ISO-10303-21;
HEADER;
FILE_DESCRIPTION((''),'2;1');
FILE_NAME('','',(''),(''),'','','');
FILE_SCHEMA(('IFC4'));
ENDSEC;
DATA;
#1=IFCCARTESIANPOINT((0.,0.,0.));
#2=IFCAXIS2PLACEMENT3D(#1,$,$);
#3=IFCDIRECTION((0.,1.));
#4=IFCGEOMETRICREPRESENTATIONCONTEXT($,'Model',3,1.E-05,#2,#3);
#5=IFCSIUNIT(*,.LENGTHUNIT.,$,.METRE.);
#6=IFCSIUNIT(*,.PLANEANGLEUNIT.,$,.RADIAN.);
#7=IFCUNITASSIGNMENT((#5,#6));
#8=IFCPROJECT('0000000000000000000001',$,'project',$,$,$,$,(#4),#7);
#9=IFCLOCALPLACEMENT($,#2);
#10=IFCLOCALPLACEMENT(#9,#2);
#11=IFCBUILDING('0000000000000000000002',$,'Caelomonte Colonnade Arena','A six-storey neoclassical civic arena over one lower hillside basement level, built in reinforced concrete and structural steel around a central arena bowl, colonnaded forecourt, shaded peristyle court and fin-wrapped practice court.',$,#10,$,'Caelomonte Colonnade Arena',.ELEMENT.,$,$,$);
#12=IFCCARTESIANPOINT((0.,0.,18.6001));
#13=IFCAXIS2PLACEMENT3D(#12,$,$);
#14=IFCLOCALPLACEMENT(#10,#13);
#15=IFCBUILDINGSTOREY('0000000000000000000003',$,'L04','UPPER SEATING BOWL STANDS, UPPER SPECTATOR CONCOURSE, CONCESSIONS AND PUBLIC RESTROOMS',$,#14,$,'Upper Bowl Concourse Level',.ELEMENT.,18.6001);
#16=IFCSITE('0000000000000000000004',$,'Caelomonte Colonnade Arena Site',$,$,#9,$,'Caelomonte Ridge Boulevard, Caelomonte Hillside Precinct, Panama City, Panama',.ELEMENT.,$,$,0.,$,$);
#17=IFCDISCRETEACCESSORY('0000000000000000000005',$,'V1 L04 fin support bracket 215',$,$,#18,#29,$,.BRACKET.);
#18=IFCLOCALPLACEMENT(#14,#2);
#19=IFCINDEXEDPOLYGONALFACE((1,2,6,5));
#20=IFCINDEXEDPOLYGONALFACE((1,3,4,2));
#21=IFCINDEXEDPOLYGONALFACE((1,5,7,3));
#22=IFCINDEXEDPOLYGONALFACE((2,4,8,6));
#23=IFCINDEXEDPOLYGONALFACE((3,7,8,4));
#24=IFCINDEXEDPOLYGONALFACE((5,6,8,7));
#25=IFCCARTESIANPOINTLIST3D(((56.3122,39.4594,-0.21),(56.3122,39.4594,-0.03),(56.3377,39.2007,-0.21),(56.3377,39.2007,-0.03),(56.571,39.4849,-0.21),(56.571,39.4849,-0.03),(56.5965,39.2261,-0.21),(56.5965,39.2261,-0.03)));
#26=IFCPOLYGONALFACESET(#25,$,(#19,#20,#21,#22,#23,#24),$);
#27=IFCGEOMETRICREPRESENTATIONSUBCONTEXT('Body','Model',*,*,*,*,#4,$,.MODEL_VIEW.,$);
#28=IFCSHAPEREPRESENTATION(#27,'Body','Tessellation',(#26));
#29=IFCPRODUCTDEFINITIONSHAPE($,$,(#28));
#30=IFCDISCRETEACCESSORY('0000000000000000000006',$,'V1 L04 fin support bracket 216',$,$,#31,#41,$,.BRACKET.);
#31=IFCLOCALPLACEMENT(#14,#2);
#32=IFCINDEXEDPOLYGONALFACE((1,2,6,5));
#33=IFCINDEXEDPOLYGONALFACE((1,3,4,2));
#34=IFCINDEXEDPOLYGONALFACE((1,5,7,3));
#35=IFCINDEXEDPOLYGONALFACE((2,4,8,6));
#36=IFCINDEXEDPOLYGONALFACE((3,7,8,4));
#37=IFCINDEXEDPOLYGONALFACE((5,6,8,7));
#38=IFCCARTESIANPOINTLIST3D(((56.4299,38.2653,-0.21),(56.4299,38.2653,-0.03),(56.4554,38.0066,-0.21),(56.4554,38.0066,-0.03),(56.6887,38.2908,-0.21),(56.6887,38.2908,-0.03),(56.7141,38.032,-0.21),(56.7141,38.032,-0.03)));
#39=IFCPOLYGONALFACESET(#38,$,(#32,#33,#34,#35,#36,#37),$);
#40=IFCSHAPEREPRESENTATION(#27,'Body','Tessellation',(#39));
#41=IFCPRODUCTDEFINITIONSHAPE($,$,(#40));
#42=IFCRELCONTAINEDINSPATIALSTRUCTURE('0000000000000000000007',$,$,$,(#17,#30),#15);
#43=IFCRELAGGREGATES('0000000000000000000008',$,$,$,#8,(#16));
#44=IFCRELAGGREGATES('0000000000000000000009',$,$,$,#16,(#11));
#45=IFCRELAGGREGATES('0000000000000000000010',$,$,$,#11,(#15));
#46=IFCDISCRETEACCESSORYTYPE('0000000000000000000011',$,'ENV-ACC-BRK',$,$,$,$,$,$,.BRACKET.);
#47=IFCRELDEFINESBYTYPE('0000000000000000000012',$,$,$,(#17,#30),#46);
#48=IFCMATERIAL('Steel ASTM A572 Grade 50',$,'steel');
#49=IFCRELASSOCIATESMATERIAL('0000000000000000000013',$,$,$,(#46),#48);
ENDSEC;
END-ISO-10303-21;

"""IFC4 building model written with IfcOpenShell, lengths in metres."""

from ifc_helpers import new_model, si_unit, direction, frame, origin, origin_2d, place, context, subcontext, project, spatial, rectangle, extrude, material, type_object, element, save


model = new_model("IFC4")

# Units and contexts
model_context = context("Model", 3, precision=1e-05, world=origin(), true_north=direction((0.0, 1.0)))
body_context = subcontext(model_context, "Body", "Model", "MODEL_VIEW")
ifc_project = project(units=[si_unit("LENGTHUNIT", "METRE"), si_unit("PLANEANGLEUNIT", "RADIAN")], contexts=[model_context])

# Site, building, storey
site_placement = place(None, origin())
site = spatial("IfcSite", under=ifc_project, at=site_placement, Name="Caelomonte Colonnade Arena Site", LongName="Caelomonte Ridge Boulevard, Caelomonte Hillside Precinct, Panama City, Panama", CompositionType="ELEMENT", RefElevation=0.0)
building_placement = place(site_placement, origin())
building = spatial("IfcBuilding", under=site, at=building_placement, Name="Caelomonte Colonnade Arena", Description="A six-storey neoclassical civic arena over one lower hillside basement level, built in reinforced concrete and structural steel around a central arena bowl, colonnaded forecourt, shaded peristyle court and fin-wrapped practice court.", LongName="Caelomonte Colonnade Arena", CompositionType="ELEMENT")
storey_placement = place(building_placement, frame((0.0, 0.0, 18.6001)))
storey = spatial("IfcBuildingStorey", under=building, at=storey_placement, Name="L04", Description="UPPER SEATING BOWL STANDS, UPPER SPECTATOR CONCOURSE, CONCESSIONS AND PUBLIC RESTROOMS", LongName="Upper Bowl Concourse Level", CompositionType="ELEMENT", Elevation=18.6001)

# Discrete accessories
ifc_material_1 = material(Name="Steel ASTM A572 Grade 50", Category="steel")
discrete_accessory_type = type_object("IfcDiscreteAccessoryType", Name="ENV-ACC-BRK", PredefinedType="BRACKET", material=ifc_material_1)
for number, where, z_axis, x_axis, name in (
    (1, (56.4543, 39.3428, -0.21), (0.0, 0.0, 1.0), (0.098015, -0.995185, 0.0), "V1 L04 fin support bracket 215"),
    (2, (56.572, 38.1487, -0.21), (0.0, 0.0, 1.0), (0.098015, -0.995185, 0.0), "V1 L04 fin support bracket 216"),
):
    element("IfcDiscreteAccessory", number, at=place(storey_placement, frame(where, z_axis=z_axis, x_axis=x_axis)), inside=storey, type_object=discrete_accessory_type, Name=name, PredefinedType="BRACKET", context=body_context, shape_type="SweptSolid", body=[
        extrude(rectangle(XDim=0.26, YDim=0.26, at=origin_2d()), origin(), (0.0, 0.0, 1.0), 0.1799),
    ])

save(model, "model.ifc")
